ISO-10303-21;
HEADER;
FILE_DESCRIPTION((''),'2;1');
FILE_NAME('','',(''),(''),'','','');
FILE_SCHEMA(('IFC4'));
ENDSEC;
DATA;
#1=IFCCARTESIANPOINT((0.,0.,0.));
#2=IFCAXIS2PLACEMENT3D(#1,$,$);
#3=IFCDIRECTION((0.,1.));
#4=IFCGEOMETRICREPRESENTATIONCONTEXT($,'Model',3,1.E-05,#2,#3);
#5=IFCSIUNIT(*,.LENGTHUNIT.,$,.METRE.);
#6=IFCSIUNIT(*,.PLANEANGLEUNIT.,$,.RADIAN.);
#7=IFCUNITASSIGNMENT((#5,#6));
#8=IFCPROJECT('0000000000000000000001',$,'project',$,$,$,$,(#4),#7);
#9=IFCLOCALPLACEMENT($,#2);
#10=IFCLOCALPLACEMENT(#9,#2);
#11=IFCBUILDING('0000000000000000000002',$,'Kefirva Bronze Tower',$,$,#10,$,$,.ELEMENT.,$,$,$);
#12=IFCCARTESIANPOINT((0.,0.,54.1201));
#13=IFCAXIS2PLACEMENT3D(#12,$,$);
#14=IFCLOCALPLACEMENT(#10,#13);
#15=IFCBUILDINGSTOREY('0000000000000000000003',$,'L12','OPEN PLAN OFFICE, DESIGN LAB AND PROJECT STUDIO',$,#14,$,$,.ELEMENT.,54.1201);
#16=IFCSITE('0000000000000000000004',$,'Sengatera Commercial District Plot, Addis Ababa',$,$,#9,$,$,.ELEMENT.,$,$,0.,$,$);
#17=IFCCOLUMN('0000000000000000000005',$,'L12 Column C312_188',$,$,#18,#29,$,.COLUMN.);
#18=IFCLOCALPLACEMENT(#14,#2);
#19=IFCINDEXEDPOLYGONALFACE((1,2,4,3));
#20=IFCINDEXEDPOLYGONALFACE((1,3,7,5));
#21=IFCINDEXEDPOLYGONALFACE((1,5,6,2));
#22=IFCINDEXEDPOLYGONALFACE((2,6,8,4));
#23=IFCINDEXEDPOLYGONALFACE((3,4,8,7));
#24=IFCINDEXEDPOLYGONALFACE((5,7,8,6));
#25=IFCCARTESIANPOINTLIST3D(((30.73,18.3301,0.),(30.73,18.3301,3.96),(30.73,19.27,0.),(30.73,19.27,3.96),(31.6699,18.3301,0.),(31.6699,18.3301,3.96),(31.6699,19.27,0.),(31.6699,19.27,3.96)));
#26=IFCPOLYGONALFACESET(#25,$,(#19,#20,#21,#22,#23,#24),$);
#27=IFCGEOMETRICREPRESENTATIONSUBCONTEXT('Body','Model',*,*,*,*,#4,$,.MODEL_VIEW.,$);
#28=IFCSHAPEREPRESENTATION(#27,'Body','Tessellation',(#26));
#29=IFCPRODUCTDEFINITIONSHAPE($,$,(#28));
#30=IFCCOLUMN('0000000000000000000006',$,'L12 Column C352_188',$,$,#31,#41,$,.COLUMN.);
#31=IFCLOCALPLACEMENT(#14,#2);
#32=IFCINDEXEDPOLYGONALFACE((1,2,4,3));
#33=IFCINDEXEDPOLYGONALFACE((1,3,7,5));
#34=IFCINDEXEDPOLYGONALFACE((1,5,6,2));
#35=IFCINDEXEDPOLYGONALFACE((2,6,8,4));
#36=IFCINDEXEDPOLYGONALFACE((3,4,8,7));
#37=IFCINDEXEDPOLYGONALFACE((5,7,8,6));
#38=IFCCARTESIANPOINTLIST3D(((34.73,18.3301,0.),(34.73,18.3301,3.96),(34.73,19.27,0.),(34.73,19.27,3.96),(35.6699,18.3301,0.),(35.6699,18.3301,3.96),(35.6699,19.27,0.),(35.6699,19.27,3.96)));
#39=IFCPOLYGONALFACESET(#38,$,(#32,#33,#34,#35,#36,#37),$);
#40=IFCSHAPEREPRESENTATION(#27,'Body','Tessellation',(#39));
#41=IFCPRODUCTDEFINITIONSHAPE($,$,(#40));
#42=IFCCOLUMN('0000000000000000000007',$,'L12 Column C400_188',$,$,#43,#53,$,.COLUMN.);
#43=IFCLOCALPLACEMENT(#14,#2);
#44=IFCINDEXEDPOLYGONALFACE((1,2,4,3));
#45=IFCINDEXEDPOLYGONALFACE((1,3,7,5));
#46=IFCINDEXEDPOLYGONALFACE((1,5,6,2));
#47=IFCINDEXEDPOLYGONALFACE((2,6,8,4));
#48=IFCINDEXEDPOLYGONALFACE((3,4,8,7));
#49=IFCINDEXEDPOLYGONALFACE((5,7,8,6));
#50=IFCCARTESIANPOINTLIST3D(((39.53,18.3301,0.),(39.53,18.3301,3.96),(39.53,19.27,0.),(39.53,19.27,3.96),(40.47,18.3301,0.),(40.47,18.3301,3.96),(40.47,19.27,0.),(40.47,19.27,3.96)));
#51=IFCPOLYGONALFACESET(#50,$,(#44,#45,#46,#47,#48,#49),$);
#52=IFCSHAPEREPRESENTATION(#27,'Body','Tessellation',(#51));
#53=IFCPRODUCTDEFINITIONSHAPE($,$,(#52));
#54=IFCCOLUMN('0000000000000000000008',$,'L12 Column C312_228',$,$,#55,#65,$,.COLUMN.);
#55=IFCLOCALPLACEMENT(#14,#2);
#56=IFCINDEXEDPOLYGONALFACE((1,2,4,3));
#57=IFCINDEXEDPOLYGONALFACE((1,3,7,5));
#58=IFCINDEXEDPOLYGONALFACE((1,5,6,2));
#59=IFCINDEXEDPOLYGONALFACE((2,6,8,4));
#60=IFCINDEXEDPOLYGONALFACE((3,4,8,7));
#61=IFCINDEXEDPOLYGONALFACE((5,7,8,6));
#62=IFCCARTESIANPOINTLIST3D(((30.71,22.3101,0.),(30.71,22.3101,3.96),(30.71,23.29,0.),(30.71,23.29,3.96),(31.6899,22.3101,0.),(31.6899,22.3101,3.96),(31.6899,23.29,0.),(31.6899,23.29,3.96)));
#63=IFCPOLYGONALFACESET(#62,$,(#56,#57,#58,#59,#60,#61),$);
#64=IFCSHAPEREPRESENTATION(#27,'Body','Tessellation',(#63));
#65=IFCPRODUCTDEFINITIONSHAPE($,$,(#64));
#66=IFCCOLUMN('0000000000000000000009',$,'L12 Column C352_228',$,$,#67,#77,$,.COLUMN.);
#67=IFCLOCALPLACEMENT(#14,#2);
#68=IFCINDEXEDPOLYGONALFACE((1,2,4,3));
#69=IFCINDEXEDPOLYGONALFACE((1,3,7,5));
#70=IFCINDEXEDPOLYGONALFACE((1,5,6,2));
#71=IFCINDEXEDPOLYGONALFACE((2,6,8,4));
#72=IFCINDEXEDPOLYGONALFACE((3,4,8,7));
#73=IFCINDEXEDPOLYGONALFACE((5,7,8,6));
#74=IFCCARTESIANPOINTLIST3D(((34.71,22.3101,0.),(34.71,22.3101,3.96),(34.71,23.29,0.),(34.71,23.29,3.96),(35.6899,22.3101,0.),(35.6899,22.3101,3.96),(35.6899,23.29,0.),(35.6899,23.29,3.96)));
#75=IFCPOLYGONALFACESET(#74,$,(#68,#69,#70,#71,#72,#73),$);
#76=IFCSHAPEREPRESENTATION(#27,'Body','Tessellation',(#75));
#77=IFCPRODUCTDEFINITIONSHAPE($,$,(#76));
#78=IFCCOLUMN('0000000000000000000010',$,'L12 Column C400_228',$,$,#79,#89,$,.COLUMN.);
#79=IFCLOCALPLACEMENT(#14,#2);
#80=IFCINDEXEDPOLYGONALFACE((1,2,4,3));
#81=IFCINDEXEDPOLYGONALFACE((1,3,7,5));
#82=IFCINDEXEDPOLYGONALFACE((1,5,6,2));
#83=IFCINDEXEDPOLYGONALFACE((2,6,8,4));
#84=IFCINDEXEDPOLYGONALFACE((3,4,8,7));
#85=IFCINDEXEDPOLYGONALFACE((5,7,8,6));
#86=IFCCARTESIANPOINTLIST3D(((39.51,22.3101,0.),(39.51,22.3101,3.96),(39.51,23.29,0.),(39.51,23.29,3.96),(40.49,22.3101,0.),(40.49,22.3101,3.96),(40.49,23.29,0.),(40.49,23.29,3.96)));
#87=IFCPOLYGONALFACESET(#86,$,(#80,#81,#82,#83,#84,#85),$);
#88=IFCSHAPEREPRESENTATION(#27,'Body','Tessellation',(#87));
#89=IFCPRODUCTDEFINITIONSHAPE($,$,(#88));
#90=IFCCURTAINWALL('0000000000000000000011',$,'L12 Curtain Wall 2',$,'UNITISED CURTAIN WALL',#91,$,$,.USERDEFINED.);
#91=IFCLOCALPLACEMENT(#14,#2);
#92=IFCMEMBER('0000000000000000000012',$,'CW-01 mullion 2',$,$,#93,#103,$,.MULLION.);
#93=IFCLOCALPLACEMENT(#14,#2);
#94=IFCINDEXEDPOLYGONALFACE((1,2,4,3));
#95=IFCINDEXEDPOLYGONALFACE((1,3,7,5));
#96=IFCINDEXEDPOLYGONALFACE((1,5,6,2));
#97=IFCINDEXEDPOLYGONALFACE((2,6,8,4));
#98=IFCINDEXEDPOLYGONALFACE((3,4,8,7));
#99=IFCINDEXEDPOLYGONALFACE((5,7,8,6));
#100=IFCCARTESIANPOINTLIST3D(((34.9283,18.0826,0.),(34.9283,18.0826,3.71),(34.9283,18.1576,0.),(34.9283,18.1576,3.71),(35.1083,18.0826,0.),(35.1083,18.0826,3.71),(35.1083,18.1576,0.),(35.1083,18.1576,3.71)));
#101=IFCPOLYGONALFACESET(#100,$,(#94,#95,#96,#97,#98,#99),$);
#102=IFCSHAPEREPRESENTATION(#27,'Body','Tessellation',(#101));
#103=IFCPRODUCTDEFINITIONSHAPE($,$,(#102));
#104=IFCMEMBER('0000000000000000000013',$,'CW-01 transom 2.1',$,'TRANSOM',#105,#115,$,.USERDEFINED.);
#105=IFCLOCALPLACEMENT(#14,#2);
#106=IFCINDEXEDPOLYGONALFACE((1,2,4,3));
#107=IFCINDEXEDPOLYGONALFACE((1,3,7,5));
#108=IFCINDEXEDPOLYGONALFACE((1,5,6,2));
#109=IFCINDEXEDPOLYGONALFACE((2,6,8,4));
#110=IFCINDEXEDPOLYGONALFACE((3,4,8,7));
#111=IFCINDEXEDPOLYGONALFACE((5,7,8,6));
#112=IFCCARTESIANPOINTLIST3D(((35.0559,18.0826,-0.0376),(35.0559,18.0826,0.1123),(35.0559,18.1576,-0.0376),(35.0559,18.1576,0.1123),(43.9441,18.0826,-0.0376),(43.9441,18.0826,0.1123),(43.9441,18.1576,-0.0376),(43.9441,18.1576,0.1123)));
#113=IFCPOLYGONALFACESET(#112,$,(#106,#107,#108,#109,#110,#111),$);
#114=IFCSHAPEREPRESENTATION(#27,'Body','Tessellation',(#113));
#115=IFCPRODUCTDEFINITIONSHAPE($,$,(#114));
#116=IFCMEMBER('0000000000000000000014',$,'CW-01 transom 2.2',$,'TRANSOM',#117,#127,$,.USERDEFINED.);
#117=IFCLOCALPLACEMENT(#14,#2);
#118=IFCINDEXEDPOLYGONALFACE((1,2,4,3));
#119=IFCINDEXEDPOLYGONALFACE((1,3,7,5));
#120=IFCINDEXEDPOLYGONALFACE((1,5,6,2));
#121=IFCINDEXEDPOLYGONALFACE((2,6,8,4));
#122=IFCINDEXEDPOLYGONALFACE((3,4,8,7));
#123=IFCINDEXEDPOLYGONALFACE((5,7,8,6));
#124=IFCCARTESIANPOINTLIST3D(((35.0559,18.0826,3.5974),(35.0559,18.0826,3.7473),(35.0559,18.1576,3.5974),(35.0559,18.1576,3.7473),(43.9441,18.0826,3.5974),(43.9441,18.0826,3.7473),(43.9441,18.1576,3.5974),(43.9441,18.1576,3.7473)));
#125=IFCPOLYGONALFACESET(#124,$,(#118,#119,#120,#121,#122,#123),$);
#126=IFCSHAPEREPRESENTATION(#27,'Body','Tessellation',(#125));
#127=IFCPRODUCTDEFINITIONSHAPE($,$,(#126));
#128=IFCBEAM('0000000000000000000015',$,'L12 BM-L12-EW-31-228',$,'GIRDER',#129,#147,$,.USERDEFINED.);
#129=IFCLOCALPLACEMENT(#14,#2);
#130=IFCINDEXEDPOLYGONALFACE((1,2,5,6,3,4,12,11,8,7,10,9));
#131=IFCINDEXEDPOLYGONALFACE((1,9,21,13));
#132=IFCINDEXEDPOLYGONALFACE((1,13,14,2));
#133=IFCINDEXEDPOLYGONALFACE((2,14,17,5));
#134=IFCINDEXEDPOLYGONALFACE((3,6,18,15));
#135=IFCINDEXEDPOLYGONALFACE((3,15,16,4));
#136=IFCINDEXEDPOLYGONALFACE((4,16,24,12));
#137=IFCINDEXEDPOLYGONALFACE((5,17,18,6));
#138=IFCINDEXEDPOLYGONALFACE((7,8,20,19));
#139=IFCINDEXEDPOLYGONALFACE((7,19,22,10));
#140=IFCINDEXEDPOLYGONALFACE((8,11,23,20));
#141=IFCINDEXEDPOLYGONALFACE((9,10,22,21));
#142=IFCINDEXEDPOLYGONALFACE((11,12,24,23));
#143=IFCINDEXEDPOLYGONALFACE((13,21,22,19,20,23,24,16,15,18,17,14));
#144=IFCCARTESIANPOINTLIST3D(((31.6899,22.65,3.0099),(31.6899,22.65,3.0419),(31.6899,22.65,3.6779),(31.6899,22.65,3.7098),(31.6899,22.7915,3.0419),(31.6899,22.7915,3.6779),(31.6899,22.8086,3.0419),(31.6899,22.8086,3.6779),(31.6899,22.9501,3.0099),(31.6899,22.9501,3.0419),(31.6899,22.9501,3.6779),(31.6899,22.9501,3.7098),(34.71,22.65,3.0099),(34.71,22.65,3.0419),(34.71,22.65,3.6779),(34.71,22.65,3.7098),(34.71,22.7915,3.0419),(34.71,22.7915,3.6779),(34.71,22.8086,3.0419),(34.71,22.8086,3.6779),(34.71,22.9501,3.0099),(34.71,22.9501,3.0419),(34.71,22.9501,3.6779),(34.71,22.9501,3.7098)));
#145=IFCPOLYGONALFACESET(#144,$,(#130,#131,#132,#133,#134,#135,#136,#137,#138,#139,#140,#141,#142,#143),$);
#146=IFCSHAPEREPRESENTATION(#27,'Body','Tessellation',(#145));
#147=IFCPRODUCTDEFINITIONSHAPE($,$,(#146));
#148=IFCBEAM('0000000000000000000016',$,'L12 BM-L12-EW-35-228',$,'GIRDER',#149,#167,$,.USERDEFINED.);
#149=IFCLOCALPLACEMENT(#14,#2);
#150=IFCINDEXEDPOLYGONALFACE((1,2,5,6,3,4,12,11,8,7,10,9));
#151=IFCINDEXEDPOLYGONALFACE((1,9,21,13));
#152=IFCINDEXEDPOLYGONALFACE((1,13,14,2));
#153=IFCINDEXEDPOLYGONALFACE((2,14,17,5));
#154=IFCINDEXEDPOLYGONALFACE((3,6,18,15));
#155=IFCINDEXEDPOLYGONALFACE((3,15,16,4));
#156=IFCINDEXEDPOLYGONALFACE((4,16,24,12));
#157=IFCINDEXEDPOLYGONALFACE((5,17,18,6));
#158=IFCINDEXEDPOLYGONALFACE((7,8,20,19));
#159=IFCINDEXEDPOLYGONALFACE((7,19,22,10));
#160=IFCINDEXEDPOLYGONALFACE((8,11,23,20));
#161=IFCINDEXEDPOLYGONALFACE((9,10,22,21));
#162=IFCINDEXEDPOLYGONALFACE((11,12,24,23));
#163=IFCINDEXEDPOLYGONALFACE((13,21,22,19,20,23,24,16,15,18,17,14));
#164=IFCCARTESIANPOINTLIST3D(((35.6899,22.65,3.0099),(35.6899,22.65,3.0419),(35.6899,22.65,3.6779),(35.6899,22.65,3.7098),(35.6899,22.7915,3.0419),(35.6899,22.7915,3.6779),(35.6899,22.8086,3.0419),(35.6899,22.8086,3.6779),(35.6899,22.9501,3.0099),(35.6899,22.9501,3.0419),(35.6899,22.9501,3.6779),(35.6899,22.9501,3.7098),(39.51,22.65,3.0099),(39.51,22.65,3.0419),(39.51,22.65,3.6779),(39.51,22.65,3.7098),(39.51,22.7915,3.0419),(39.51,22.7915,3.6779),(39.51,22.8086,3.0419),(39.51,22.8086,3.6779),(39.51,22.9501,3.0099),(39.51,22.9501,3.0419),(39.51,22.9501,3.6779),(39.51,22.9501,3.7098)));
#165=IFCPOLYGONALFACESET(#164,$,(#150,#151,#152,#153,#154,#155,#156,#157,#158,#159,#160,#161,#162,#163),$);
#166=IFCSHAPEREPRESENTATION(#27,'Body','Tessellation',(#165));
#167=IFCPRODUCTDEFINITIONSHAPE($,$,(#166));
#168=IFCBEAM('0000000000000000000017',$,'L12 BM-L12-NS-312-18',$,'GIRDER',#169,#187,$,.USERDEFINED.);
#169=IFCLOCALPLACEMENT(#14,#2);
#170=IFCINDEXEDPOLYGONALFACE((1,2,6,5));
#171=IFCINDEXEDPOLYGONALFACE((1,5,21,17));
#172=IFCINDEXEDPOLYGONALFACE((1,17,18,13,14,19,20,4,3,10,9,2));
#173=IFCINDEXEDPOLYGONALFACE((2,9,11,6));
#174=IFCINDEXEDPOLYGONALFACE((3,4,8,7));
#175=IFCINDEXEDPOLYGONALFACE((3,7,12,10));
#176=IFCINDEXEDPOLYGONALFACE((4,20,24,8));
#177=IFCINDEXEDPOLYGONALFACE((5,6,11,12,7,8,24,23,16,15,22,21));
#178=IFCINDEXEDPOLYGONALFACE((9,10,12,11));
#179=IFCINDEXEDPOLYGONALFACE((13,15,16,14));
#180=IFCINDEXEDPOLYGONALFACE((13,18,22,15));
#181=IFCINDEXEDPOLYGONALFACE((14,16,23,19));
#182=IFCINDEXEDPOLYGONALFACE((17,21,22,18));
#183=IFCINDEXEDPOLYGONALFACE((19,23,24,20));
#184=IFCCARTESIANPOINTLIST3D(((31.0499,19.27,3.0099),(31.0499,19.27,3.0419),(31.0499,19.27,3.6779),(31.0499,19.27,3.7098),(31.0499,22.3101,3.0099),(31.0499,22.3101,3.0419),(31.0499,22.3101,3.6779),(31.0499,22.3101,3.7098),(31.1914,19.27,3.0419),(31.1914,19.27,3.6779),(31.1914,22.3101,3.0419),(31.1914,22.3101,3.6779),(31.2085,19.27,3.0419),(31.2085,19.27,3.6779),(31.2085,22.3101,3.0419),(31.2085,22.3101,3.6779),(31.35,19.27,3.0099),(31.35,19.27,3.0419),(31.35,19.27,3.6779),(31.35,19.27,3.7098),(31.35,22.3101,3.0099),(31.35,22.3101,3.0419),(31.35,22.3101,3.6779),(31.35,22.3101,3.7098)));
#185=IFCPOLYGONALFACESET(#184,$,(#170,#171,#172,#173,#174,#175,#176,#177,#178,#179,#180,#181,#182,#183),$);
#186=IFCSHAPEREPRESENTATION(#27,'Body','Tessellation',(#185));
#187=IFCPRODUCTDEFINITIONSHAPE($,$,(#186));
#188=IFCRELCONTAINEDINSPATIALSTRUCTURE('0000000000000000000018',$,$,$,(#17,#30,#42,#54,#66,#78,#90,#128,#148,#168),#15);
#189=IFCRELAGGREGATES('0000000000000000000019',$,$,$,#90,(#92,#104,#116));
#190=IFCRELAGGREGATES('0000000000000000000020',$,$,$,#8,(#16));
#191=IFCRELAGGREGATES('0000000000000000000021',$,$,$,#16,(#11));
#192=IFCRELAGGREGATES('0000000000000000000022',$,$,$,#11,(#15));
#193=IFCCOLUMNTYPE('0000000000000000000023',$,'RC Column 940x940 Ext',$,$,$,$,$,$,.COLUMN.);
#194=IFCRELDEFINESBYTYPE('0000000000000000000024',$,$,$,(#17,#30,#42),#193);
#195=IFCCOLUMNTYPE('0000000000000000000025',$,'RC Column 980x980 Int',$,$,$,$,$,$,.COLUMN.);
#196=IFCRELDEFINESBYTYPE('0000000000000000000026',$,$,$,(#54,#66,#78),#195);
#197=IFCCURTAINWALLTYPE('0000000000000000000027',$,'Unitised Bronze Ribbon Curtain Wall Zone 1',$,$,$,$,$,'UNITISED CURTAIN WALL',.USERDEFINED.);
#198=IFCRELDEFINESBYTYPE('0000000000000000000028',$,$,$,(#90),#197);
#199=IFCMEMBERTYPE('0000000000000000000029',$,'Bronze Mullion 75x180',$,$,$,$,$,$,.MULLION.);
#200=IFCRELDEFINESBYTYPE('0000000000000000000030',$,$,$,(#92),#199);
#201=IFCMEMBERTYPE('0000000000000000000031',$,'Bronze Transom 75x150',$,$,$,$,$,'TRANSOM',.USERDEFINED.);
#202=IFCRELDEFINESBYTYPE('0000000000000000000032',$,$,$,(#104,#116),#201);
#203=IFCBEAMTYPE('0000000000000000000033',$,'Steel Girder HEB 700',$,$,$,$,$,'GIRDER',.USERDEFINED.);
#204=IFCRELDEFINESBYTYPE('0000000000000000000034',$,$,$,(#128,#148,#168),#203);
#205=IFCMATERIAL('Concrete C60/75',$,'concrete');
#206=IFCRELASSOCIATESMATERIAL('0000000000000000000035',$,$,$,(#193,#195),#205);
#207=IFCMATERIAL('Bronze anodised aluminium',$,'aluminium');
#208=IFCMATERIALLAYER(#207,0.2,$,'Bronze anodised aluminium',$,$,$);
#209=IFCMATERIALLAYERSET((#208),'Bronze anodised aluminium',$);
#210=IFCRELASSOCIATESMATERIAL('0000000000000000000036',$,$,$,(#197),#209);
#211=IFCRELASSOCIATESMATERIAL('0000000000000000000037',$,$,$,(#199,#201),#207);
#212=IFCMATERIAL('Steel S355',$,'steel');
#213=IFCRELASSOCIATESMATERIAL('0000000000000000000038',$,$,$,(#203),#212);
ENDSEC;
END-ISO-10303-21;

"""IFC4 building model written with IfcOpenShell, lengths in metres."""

from ifc_helpers import new_model, si_unit, direction, frame, origin, origin_2d, place, context, subcontext, project, spatial, rectangle, i_section, extrude, material, layer, layer_set, material_profile, profile_set, type_object, element, aggregate, save


model = new_model("IFC4")

# Units and contexts
model_context = context("Model", 3, precision=1e-05, world=origin(), true_north=direction((0.0, 1.0)))
body_context = subcontext(model_context, "Body", "Model", "MODEL_VIEW")
ifc_project = project(units=[si_unit("LENGTHUNIT", "METRE"), si_unit("PLANEANGLEUNIT", "RADIAN")], contexts=[model_context])

# Site, building, storey
site_placement = place(None, origin())
site = spatial("IfcSite", under=ifc_project, at=site_placement, Name="Sengatera Commercial District Plot, Addis Ababa", CompositionType="ELEMENT", RefElevation=0.0)
building_placement = place(site_placement, origin())
building = spatial("IfcBuilding", under=site, at=building_placement, Name="Kefirva Bronze Tower", CompositionType="ELEMENT")
storey_placement = place(building_placement, frame((0.0, 0.0, 54.1201)))
storey = spatial("IfcBuildingStorey", under=building, at=storey_placement, Name="L12", Description="OPEN PLAN OFFICE, DESIGN LAB AND PROJECT STUDIO", CompositionType="ELEMENT", Elevation=54.1201)

# Columns
ifc_material_1 = material(Name="Concrete C60/75", Category="concrete")
ifc_material_profile_1 = material_profile(ifc_material_1, rectangle(XDim=0.9399, YDim=0.9399, at=origin_2d()), Name="RC 940x940")
ifc_profile_set_1 = profile_set([ifc_material_profile_1], Name="Concrete C60/75")
column_type_1 = type_object("IfcColumnType", Name="RC Column 940x940 Ext", PredefinedType="COLUMN", material=ifc_profile_set_1)
for number, where, z_axis, x_axis, name in (
    (1, (31.2, 18.8, 0.0), (0.0, 0.0, 1.0), (1.0, 0.0, 0.0), "L12 Column C312_188"),
    (2, (35.2, 18.8, 0.0), (0.0, 0.0, 1.0), (1.0, 0.0, 0.0), "L12 Column C352_188"),
    (3, (40.0, 18.8, 0.0), (0.0, 0.0, 1.0), (1.0, 0.0, 0.0), "L12 Column C400_188"),
):
    element("IfcColumn", number, at=place(storey_placement, frame(where, z_axis=z_axis, x_axis=x_axis)), inside=storey, type_object=column_type_1, Name=name, PredefinedType="COLUMN", context=body_context, shape_type="SweptSolid", body=[
        extrude(rectangle(XDim=0.9399, YDim=0.9399, at=origin_2d()), origin(), (0.0, 0.0, 1.0), 3.96),
    ])
ifc_material_profile_2 = material_profile(ifc_material_1, rectangle(XDim=0.98, YDim=0.98, at=origin_2d()), Name="RC 980x980")
ifc_profile_set_2 = profile_set([ifc_material_profile_2], Name="Concrete C60/75")
column_type_2 = type_object("IfcColumnType", Name="RC Column 980x980 Int", PredefinedType="COLUMN", material=ifc_profile_set_2)
for number, where, z_axis, x_axis, name in (
    (4, (31.2, 22.8, 0.0), (0.0, 0.0, 1.0), (1.0, 0.0, 0.0), "L12 Column C312_228"),
    (5, (35.2, 22.8, 0.0), (0.0, 0.0, 1.0), (1.0, 0.0, 0.0), "L12 Column C352_228"),
    (6, (40.0, 22.8, 0.0), (0.0, 0.0, 1.0), (1.0, 0.0, 0.0), "L12 Column C400_228"),
):
    element("IfcColumn", number, at=place(storey_placement, frame(where, z_axis=z_axis, x_axis=x_axis)), inside=storey, type_object=column_type_2, Name=name, PredefinedType="COLUMN", context=body_context, shape_type="SweptSolid", body=[
        extrude(rectangle(XDim=0.98, YDim=0.98, at=origin_2d()), origin(), (0.0, 0.0, 1.0), 3.96),
    ])

# Curtain wall, members
ifc_material_2 = material(Name="Bronze anodised aluminium", Category="aluminium")
ifc_layer_1 = layer(ifc_material_2, 0.2, Name="Bronze anodised aluminium")
ifc_layer_set_1 = layer_set([ifc_layer_1], Name="Bronze anodised aluminium")
curtain_wall_type = type_object("IfcCurtainWallType", Name="Unitised Bronze Ribbon Curtain Wall Zone 1", ElementType="UNITISED CURTAIN WALL", PredefinedType="USERDEFINED", material=ifc_layer_set_1)
curtain_wall_placement = place(storey_placement, origin())
curtain_wall = element("IfcCurtainWall", 7, at=curtain_wall_placement, inside=storey, type_object=curtain_wall_type, Name="L12 Curtain Wall 2", ObjectType="UNITISED CURTAIN WALL", PredefinedType="USERDEFINED")
ifc_material_profile_3 = material_profile(ifc_material_2, rectangle(XDim=0.075, YDim=0.1799, at=origin_2d()), Name="ALU 75x180")
ifc_profile_set_3 = profile_set([ifc_material_profile_3], Name="Bronze anodised aluminium")
member_type_1 = type_object("IfcMemberType", Name="Bronze Mullion 75x180", PredefinedType="MULLION", material=ifc_profile_set_3)
member_1_placement = place(storey_placement, frame((35.0183, 18.1201, 0.0), z_axis=(0.0, 0.0, 1.0), x_axis=(0.0, 1.0, 0.0)))
member_1 = element("IfcMember", 8, at=member_1_placement, type_object=member_type_1, Name="CW-01 mullion 2", PredefinedType="MULLION", context=body_context, shape_type="SweptSolid", body=[
    extrude(rectangle(XDim=0.075, YDim=0.1799, at=origin_2d()), origin(), (0.0, 0.0, 1.0), 3.71),
])
ifc_material_profile_4 = material_profile(ifc_material_2, rectangle(XDim=0.075, YDim=0.1499, at=origin_2d()), Name="ALU 75x150")
ifc_profile_set_4 = profile_set([ifc_material_profile_4], Name="Bronze anodised aluminium")
member_type_2 = type_object("IfcMemberType", Name="Bronze Transom 75x150", ElementType="TRANSOM", PredefinedType="USERDEFINED", material=ifc_profile_set_4)
member_2_placement = place(storey_placement, frame((35.0559, 18.1201, 0.0374), z_axis=(1.0, 0.0, 0.0), x_axis=(0.0, 1.0, 0.0)))
member_2 = element("IfcMember", 9, at=member_2_placement, type_object=member_type_2, Name="CW-01 transom 2.1", ObjectType="TRANSOM", PredefinedType="USERDEFINED", context=body_context, shape_type="SweptSolid", body=[
    extrude(rectangle(XDim=0.075, YDim=0.1499, at=origin_2d()), origin(), (0.0, 0.0, 1.0), 8.8882),
])
member_3_placement = place(storey_placement, frame((35.0559, 18.1201, 3.6724), z_axis=(1.0, 0.0, 0.0), x_axis=(0.0, 1.0, 0.0)))
member_3 = element("IfcMember", 10, at=member_3_placement, type_object=member_type_2, Name="CW-01 transom 2.2", ObjectType="TRANSOM", PredefinedType="USERDEFINED", context=body_context, shape_type="SweptSolid", body=[
    extrude(rectangle(XDim=0.075, YDim=0.1499, at=origin_2d()), origin(), (0.0, 0.0, 1.0), 8.8882),
])

# Beams
ifc_material_3 = material(Name="Steel S355", Category="steel")
ifc_material_profile_5 = material_profile(ifc_material_3, i_section(OverallWidth=0.3, OverallDepth=0.7, WebThickness=0.0171, FlangeThickness=0.032, at=origin_2d()), Name="HEB 700")
ifc_profile_set_5 = profile_set([ifc_material_profile_5], Name="Steel S355")
beam_type_1 = type_object("IfcBeamType", Name="Steel Girder HEB 700", ElementType="GIRDER", PredefinedType="USERDEFINED", material=ifc_profile_set_5)
beam_1_placement = place(storey_placement, frame((31.6899, 22.8, 3.3599), z_axis=(1.0, 0.0, 0.0), x_axis=(0.0, 1.0, 0.0)))
element("IfcBeam", 11, at=beam_1_placement, inside=storey, type_object=beam_type_1, Name="L12 BM-L12-EW-31-228", ObjectType="GIRDER", PredefinedType="USERDEFINED", context=body_context, shape_type="SweptSolid", body=[
    extrude(i_section(OverallWidth=0.3, OverallDepth=0.7, WebThickness=0.0171, FlangeThickness=0.032, at=origin_2d()), origin(), (0.0, 0.0, 1.0), 3.02),
])
beam_2_placement = place(storey_placement, frame((35.6899, 22.8, 3.3599), z_axis=(1.0, 0.0, 0.0), x_axis=(0.0, 1.0, 0.0)))
element("IfcBeam", 12, at=beam_2_placement, inside=storey, type_object=beam_type_1, Name="L12 BM-L12-EW-35-228", ObjectType="GIRDER", PredefinedType="USERDEFINED", context=body_context, shape_type="SweptSolid", body=[
    extrude(i_section(OverallWidth=0.3, OverallDepth=0.7, WebThickness=0.0171, FlangeThickness=0.032, at=origin_2d()), origin(), (0.0, 0.0, 1.0), 3.8201),
])
beam_3_placement = place(storey_placement, frame((31.2, 19.27, 3.3599), z_axis=(0.0, 1.0, 0.0), x_axis=(-1.0, 0.0, 0.0)))
element("IfcBeam", 13, at=beam_3_placement, inside=storey, type_object=beam_type_1, Name="L12 BM-L12-NS-312-18", ObjectType="GIRDER", PredefinedType="USERDEFINED", context=body_context, shape_type="SweptSolid", body=[
    extrude(i_section(OverallWidth=0.3, OverallDepth=0.7, WebThickness=0.0171, FlangeThickness=0.032, at=origin_2d()), origin(), (0.0, 0.0, 1.0), 3.04),
])

aggregate(curtain_wall, [member_1, member_2, member_3])

save(model, "model.ifc")
